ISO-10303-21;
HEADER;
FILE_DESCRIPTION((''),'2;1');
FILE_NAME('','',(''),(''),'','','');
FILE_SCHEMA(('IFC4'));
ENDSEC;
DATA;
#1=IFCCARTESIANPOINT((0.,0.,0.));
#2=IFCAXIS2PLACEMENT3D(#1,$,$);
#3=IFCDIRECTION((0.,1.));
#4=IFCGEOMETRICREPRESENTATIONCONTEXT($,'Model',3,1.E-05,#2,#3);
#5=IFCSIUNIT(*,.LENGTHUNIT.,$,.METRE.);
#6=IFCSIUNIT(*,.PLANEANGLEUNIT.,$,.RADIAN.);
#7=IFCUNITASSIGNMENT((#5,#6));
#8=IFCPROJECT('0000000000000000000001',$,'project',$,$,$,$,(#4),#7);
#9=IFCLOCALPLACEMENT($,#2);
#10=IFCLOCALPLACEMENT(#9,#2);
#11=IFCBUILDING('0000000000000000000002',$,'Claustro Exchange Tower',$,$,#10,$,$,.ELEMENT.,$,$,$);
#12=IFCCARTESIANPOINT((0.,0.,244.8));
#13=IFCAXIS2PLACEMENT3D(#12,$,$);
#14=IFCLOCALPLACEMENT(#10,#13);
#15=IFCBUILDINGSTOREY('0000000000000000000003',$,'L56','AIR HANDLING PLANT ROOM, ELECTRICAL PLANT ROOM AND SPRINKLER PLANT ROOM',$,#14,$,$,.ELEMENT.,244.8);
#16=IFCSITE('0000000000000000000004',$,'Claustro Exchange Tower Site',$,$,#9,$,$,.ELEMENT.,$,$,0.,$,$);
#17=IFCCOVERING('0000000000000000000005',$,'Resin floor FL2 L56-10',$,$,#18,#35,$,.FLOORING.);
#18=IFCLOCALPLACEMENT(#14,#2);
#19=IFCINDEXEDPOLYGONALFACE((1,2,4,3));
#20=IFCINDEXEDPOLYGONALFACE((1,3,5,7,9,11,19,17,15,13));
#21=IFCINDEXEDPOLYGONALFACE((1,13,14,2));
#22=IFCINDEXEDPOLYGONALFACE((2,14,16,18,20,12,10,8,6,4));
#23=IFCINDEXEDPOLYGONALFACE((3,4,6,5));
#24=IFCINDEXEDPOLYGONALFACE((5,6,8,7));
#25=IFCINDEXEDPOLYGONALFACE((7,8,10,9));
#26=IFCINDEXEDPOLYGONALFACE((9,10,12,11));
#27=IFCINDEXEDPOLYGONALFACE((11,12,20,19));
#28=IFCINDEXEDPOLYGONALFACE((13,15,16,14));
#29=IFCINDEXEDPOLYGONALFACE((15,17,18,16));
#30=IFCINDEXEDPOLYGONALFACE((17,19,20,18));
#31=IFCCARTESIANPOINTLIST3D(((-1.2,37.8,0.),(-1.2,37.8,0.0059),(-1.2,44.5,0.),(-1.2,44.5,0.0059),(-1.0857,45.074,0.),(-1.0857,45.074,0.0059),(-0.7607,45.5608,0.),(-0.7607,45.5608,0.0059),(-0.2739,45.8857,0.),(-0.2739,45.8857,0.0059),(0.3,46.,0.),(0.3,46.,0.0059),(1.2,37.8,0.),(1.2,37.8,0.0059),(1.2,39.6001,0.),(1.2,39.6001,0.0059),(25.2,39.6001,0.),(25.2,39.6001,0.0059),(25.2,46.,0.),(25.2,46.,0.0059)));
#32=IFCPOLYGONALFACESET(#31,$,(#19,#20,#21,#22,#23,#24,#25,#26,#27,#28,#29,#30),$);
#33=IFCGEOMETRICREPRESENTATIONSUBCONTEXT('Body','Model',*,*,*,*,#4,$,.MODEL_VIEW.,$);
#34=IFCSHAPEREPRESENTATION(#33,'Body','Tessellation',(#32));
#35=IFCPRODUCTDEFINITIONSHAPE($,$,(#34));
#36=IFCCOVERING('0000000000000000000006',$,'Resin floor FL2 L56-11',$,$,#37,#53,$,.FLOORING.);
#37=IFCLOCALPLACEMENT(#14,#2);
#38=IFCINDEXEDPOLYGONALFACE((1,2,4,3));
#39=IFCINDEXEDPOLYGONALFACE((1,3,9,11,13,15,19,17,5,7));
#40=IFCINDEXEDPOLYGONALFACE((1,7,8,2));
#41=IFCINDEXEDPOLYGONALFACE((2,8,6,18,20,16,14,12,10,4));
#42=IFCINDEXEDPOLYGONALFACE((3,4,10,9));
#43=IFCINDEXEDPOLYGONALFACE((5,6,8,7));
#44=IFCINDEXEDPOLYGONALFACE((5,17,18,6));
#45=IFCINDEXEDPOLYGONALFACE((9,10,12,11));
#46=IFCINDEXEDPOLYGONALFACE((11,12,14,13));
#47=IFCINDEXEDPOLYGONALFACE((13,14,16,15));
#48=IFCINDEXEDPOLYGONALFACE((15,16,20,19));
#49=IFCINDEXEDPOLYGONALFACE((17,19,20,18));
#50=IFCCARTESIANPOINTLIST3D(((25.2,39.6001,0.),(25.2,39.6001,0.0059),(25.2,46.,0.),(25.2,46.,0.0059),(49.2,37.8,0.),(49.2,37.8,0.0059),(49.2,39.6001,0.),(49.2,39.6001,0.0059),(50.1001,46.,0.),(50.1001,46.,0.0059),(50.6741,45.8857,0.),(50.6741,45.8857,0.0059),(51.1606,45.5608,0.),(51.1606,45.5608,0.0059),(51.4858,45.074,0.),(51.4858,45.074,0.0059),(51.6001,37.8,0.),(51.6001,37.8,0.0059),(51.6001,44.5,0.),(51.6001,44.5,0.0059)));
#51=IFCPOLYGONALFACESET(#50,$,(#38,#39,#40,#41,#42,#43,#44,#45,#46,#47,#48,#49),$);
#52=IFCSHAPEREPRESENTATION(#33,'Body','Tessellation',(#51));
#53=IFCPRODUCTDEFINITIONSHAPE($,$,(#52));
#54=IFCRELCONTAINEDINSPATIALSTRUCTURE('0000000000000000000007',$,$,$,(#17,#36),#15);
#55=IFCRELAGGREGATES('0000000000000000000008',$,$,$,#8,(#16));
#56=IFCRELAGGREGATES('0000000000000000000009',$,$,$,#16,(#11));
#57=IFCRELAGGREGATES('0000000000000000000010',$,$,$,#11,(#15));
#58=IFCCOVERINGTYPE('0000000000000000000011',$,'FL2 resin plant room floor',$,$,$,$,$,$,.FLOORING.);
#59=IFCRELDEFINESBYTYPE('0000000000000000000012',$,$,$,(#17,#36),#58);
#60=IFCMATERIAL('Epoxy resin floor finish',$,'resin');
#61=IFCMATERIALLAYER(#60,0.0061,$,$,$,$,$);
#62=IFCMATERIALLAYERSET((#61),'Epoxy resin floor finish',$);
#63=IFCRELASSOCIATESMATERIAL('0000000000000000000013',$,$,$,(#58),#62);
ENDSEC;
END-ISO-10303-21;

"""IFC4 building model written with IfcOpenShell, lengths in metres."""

from ifc_helpers import new_model, si_unit, direction, frame, origin, place, context, subcontext, project, spatial, polyline, outline, extrude, material, layer, layer_set, type_object, element, save


model = new_model("IFC4")

# Units and contexts
model_context = context("Model", 3, precision=1e-05, world=origin(), true_north=direction((0.0, 1.0)))
body_context = subcontext(model_context, "Body", "Model", "MODEL_VIEW")
ifc_project = project(units=[si_unit("LENGTHUNIT", "METRE"), si_unit("PLANEANGLEUNIT", "RADIAN")], contexts=[model_context])

# Site, building, storey
site_placement = place(None, origin())
site = spatial("IfcSite", under=ifc_project, at=site_placement, Name="Claustro Exchange Tower Site", CompositionType="ELEMENT", RefElevation=0.0)
building_placement = place(site_placement, origin())
building = spatial("IfcBuilding", under=site, at=building_placement, Name="Claustro Exchange Tower", CompositionType="ELEMENT")
storey_placement = place(building_placement, frame((0.0, 0.0, 244.8)))
storey = spatial("IfcBuildingStorey", under=building, at=storey_placement, Name="L56", Description="AIR HANDLING PLANT ROOM, ELECTRICAL PLANT ROOM AND SPRINKLER PLANT ROOM", CompositionType="ELEMENT", Elevation=244.8)

# Coverings
ifc_material_1 = material(Name="Epoxy resin floor finish", Category="resin")
ifc_layer_1 = layer(ifc_material_1, 0.0061)
ifc_layer_set_1 = layer_set([ifc_layer_1], Name="Epoxy resin floor finish")
covering_type = type_object("IfcCoveringType", Name="FL2 resin plant room floor", PredefinedType="FLOORING", material=ifc_layer_set_1)
covering_1_placement = place(storey_placement, origin())
element("IfcCovering", 1, at=covering_1_placement, inside=storey, type_object=covering_type, Name="Resin floor FL2 L56-10", PredefinedType="FLOORING", context=body_context, shape_type="SweptSolid", body=[
    extrude(outline(polyline([(-1.2, 44.5), (-1.2, 37.8), (1.2, 37.8), (1.2, 39.6001), (25.2, 39.6001), (25.2, 46.0), (0.3, 46.0), (-0.2739, 45.8857), (-0.7607, 45.5608), (-1.0857, 45.074), (-1.2, 44.5)])), origin(), (0.0, 0.0, 1.0), 0.0059),
])
covering_2_placement = place(storey_placement, origin())
element("IfcCovering", 2, at=covering_2_placement, inside=storey, type_object=covering_type, Name="Resin floor FL2 L56-11", PredefinedType="FLOORING", context=body_context, shape_type="SweptSolid", body=[
    extrude(outline(polyline([(50.1001, 46.0), (25.2, 46.0), (25.2, 39.6001), (49.2, 39.6001), (49.2, 37.8), (51.6001, 37.8), (51.6001, 44.5), (51.4858, 45.074), (51.1606, 45.5608), (50.6741, 45.8857), (50.1001, 46.0)])), origin(), (0.0, 0.0, 1.0), 0.0059),
])

save(model, "model.ifc")
